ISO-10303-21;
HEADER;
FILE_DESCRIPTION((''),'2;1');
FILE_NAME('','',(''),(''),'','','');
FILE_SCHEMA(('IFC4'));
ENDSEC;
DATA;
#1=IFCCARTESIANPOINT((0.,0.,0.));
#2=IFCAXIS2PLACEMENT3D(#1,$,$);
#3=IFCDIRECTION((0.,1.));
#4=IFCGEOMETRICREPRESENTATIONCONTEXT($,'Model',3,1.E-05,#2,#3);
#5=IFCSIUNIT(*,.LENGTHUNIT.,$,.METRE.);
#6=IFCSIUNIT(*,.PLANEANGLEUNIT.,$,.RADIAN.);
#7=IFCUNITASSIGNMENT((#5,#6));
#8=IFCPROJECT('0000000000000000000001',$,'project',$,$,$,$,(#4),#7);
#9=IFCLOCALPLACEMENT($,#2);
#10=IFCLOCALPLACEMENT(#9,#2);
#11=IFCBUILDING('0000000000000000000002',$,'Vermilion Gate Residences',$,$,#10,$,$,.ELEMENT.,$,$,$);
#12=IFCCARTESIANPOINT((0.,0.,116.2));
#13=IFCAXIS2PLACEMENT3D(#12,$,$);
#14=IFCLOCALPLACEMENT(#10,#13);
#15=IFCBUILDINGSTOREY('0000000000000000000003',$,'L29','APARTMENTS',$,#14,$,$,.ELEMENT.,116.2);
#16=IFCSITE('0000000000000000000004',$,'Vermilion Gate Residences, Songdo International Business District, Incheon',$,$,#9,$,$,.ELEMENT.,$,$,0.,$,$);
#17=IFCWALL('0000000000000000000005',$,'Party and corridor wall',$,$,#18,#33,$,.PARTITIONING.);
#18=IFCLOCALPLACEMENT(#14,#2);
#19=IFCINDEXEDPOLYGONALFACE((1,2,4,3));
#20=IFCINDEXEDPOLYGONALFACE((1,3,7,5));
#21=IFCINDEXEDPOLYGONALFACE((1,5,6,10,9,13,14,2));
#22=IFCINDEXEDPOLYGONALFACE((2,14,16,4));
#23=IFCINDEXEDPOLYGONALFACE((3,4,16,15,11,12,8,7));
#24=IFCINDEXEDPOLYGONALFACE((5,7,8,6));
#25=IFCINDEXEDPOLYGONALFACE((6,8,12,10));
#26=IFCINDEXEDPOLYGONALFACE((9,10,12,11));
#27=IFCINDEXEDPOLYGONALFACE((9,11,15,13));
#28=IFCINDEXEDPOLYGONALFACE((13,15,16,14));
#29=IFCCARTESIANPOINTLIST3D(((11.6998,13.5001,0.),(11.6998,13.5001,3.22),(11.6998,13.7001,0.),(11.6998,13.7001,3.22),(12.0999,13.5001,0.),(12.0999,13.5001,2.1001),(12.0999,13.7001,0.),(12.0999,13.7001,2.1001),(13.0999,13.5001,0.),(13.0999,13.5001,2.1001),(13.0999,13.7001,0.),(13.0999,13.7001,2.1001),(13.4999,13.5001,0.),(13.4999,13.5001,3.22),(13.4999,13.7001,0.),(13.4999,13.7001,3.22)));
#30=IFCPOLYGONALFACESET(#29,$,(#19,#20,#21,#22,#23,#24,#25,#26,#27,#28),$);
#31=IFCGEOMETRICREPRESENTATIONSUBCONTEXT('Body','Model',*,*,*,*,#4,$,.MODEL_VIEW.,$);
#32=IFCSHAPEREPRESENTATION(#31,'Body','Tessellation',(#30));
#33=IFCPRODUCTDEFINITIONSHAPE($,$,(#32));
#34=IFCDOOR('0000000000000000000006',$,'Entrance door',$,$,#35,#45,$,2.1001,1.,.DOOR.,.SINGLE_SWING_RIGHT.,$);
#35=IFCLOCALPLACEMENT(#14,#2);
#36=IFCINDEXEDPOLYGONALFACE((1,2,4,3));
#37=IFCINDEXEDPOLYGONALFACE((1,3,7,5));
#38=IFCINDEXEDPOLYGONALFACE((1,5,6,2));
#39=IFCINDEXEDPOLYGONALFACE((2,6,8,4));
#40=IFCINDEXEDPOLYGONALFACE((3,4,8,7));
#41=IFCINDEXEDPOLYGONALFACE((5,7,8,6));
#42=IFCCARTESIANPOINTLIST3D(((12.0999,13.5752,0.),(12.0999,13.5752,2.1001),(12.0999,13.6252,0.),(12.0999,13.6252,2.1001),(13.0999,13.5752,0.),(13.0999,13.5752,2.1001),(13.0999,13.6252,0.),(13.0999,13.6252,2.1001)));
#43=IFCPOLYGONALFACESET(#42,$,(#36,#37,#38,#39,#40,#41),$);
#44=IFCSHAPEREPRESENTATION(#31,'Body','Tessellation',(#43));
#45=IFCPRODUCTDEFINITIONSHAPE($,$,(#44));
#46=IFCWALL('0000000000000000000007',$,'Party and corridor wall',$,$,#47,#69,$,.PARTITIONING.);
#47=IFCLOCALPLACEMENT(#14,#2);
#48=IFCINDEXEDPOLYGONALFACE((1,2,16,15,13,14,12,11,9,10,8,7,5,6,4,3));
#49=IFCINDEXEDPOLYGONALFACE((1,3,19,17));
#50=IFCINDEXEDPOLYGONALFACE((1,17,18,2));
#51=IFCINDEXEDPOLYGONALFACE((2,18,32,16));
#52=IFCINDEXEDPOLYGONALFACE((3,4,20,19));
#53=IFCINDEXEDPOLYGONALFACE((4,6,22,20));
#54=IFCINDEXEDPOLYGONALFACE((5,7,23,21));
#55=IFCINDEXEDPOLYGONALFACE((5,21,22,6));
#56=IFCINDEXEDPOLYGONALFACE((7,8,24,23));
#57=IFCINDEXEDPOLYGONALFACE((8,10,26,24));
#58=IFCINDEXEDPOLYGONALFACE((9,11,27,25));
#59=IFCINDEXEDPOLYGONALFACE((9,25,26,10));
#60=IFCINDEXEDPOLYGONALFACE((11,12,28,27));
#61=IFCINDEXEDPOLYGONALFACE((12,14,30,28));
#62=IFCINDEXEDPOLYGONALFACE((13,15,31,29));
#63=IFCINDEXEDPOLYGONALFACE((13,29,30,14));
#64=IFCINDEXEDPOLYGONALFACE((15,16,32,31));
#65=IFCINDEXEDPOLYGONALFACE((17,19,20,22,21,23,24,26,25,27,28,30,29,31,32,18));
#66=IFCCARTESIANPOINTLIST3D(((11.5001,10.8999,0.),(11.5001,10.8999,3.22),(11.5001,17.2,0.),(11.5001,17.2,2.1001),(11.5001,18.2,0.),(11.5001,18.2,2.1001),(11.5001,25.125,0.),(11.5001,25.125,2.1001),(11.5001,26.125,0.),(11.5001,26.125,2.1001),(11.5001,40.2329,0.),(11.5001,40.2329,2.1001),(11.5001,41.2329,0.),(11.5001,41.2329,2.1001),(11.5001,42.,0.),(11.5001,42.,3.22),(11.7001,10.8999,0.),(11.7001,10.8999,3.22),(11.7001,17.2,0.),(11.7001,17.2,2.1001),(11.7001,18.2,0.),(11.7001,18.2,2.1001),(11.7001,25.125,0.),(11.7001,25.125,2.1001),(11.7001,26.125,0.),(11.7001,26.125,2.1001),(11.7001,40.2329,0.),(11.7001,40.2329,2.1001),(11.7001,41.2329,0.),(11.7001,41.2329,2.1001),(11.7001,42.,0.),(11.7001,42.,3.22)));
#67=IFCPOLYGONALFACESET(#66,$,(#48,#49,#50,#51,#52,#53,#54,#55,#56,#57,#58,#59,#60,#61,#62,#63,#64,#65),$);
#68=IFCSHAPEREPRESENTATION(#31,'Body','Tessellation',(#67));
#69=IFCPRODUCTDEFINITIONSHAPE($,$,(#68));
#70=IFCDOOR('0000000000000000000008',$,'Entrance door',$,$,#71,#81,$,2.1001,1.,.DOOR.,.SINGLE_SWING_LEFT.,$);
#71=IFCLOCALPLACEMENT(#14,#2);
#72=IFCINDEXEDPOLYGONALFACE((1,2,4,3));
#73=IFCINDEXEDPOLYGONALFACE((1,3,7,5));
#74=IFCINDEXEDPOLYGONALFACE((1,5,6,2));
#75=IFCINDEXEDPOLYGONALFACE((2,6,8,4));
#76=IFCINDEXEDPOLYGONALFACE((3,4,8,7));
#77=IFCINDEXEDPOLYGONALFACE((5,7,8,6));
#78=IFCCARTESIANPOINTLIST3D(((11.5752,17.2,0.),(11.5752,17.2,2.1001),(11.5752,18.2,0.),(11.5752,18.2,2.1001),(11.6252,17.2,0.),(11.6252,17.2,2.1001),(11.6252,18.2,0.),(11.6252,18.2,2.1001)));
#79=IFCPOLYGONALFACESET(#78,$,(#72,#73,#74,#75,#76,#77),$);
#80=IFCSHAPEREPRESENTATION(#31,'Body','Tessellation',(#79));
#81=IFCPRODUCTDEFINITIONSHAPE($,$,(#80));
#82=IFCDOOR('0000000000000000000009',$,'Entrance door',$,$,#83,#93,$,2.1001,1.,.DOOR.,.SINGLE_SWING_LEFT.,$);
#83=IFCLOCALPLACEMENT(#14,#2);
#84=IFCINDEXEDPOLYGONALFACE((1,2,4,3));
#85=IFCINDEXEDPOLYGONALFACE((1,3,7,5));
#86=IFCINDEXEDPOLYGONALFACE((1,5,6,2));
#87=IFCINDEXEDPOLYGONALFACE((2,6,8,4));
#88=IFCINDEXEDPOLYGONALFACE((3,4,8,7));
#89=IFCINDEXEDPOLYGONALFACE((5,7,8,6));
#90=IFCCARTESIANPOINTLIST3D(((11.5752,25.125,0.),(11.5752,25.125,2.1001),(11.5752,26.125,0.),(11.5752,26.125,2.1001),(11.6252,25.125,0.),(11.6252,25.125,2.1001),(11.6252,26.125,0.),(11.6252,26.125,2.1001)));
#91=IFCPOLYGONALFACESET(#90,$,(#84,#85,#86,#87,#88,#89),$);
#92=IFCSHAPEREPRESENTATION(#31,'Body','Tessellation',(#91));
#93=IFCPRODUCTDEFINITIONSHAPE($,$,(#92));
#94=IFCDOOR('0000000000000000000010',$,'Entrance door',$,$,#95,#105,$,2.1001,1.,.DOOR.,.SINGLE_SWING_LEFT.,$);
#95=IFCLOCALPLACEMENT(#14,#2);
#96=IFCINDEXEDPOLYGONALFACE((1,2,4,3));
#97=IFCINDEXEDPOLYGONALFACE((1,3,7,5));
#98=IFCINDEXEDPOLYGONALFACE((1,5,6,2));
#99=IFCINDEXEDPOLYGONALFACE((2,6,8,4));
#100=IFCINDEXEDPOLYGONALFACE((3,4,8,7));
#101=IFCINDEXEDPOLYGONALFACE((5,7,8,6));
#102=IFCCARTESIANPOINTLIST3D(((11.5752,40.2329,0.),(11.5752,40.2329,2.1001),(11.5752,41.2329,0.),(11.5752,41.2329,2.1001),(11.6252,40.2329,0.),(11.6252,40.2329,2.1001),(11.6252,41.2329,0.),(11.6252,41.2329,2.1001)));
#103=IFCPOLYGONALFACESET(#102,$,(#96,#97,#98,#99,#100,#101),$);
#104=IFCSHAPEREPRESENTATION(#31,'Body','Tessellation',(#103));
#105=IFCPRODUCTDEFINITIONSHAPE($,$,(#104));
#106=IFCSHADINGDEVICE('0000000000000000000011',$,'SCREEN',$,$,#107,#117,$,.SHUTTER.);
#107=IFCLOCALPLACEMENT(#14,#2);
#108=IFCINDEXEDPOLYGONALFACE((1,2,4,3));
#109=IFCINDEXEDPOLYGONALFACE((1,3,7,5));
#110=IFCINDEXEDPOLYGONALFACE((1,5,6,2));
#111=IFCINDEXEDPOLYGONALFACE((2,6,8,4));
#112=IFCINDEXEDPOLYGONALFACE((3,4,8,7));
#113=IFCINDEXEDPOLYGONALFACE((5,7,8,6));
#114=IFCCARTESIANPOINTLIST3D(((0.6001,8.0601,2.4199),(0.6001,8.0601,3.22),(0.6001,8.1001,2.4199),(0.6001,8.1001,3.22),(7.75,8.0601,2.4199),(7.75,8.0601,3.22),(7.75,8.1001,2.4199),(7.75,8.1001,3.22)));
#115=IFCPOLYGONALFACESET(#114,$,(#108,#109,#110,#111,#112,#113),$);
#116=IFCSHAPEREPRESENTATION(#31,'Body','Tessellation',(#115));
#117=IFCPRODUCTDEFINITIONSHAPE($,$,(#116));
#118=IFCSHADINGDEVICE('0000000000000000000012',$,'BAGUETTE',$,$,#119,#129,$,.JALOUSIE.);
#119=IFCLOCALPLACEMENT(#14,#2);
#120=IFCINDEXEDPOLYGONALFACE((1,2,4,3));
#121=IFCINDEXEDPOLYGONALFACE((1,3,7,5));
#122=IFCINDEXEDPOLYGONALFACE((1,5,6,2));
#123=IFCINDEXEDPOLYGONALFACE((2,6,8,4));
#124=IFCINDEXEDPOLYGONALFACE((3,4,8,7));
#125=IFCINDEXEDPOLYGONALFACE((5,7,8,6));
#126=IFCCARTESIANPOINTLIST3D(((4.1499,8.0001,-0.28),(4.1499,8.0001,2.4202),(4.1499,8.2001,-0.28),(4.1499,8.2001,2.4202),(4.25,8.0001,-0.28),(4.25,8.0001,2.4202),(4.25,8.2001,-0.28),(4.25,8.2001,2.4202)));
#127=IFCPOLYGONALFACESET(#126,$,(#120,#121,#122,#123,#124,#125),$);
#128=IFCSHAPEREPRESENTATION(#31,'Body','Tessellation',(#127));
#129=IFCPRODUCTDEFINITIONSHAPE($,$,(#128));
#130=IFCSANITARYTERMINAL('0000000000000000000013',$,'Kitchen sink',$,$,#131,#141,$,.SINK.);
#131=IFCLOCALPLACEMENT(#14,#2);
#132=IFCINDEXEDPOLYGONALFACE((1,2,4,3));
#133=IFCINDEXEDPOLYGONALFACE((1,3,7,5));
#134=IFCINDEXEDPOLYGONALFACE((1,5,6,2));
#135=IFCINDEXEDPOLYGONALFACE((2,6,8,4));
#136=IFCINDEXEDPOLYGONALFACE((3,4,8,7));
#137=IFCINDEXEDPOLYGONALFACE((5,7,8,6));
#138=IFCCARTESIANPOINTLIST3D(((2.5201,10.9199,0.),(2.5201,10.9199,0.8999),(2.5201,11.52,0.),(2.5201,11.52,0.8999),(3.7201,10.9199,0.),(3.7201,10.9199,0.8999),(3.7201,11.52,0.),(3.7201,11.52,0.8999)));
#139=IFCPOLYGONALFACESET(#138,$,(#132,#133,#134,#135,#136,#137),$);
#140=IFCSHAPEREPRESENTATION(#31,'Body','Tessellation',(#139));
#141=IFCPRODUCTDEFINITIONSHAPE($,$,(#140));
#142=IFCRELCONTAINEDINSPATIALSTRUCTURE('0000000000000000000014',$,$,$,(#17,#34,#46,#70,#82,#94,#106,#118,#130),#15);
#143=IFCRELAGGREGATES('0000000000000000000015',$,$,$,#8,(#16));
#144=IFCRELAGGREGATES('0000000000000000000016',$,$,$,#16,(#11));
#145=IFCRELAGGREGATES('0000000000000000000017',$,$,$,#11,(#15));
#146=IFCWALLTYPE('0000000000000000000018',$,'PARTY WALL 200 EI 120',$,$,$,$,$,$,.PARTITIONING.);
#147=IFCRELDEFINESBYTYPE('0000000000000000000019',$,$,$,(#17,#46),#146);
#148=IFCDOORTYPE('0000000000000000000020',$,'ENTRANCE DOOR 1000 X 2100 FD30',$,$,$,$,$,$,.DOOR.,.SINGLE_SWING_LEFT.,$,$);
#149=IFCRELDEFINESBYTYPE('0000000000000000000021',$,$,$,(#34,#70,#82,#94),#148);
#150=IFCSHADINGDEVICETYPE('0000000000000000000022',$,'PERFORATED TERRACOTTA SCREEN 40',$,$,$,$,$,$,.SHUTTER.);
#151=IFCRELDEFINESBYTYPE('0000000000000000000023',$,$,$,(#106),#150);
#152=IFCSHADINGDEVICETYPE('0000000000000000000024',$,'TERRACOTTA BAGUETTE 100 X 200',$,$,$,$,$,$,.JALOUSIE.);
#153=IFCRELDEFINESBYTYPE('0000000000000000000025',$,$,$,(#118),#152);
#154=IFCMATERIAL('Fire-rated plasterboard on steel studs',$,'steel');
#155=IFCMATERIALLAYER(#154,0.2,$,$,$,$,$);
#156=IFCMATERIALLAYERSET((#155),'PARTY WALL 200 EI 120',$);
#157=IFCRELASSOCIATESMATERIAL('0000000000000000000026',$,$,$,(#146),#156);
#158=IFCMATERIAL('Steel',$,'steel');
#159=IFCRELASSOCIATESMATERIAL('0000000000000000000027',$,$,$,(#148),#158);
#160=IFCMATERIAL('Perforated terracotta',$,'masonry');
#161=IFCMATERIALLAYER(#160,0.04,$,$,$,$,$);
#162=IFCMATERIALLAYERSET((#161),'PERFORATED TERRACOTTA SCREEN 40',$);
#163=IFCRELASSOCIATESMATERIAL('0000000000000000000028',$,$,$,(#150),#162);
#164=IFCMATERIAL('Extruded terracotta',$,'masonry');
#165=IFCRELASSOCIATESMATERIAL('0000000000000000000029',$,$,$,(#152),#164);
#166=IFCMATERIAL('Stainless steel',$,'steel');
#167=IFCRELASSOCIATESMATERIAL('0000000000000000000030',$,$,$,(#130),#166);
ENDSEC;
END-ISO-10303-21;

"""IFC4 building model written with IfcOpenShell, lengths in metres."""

from ifc_helpers import new_model, si_unit, direction, frame, frame_2d, origin, origin_2d, place, context, subcontext, project, spatial, rectangle, extrude, material, layer, layer_set, material_profile, profile_set, type_object, element, fill, save


model = new_model("IFC4")

# Units and contexts
model_context = context("Model", 3, precision=1e-05, world=origin(), true_north=direction((0.0, 1.0)))
body_context = subcontext(model_context, "Body", "Model", "MODEL_VIEW")
ifc_project = project(units=[si_unit("LENGTHUNIT", "METRE"), si_unit("PLANEANGLEUNIT", "RADIAN")], contexts=[model_context])

# Site, building, storey
site_placement = place(None, origin())
site = spatial("IfcSite", under=ifc_project, at=site_placement, Name="Vermilion Gate Residences, Songdo International Business District, Incheon", CompositionType="ELEMENT", RefElevation=0.0)
building_placement = place(site_placement, origin())
building = spatial("IfcBuilding", under=site, at=building_placement, Name="Vermilion Gate Residences", CompositionType="ELEMENT")
storey_placement = place(building_placement, frame((0.0, 0.0, 116.2)))
storey = spatial("IfcBuildingStorey", under=building, at=storey_placement, Name="L29", Description="APARTMENTS", CompositionType="ELEMENT", Elevation=116.2)

# Wall, opening, door
ifc_material_1 = material(Name="Fire-rated plasterboard on steel studs", Category="steel")
ifc_layer_1 = layer(ifc_material_1, 0.2)
ifc_layer_set_1 = layer_set([ifc_layer_1], Name="PARTY WALL 200 EI 120")
wall_type_1 = type_object("IfcWallType", Name="PARTY WALL 200 EI 120", PredefinedType="PARTITIONING", material=ifc_layer_set_1)
wall_1_placement = place(storey_placement, frame((11.7, 13.6001, 0.0), z_axis=(0.0, 0.0, 1.0), x_axis=(1.0, 0.0, 0.0)))
wall_1 = element("IfcWall", 1, at=wall_1_placement, inside=storey, type_object=wall_type_1, Name="Party and corridor wall", PredefinedType="PARTITIONING", context=body_context, shape_type="SweptSolid", body=[
    extrude(rectangle(XDim=1.8, YDim=0.2, at=frame_2d((0.8999, 0.0))), origin(), (0.0, 0.0, 1.0), 3.22),
])
opening_1_placement = place(wall_1_placement, frame((0.3999, 0.0, 0.0)))
opening_1 = element("IfcOpeningElement", 2, at=opening_1_placement, cuts=wall_1, PredefinedType="OPENING", context=body_context, shape_type="SweptSolid", body=[
    extrude(rectangle(XDim=1.0, YDim=2.1001, at=frame_2d((0.5, 1.05))), frame((0.0, 0.1099, 0.0), z_axis=(0.0, -1.0, 0.0), x_axis=(1.0, 0.0, 0.0)), (0.0, 0.0, 1.0), 0.22),
])
ifc_material_2 = material(Name="Steel", Category="steel")
door_type_1 = type_object("IfcDoorType", Name="ENTRANCE DOOR 1000 X 2100 FD30", OperationType="SINGLE_SWING_LEFT", PredefinedType="DOOR", material=ifc_material_2)
door_1_placement = place(opening_1_placement, frame((1.0, 0.0, 0.0), z_axis=(0.0, 0.0, 1.0), x_axis=(-1.0, 0.0, 0.0)))
door_1 = element("IfcDoor", 3, at=door_1_placement, inside=storey, type_object=door_type_1, Name="Entrance door", OperationType="SINGLE_SWING_RIGHT", OverallHeight=2.1001, OverallWidth=1.0, PredefinedType="DOOR", context=body_context, shape_type="SweptSolid", body=[
    extrude(rectangle(XDim=1.0, YDim=2.1001, at=frame_2d((0.5, 1.05))), frame((0.0, 0.0249, 0.0), z_axis=(0.0, -1.0, 0.0), x_axis=(1.0, 0.0, 0.0)), (0.0, 0.0, 1.0), 0.05),
])
fill(opening_1, door_1)

# Wall, openings, doors
wall_2_placement = place(storey_placement, frame((11.6001, 10.8999, 0.0), z_axis=(0.0, 0.0, 1.0), x_axis=(0.0, 1.0, 0.0)))
wall_2 = element("IfcWall", 4, at=wall_2_placement, inside=storey, type_object=wall_type_1, Name="Party and corridor wall", PredefinedType="PARTITIONING", context=body_context, shape_type="SweptSolid", body=[
    extrude(rectangle(XDim=31.1001, YDim=0.2, at=frame_2d((15.55, 0.0))), origin(), (0.0, 0.0, 1.0), 3.22),
])
opening_2_placement = place(wall_2_placement, frame((6.3, 0.0, 0.0)))
opening_2 = element("IfcOpeningElement", 5, at=opening_2_placement, cuts=wall_2, PredefinedType="OPENING", context=body_context, shape_type="SweptSolid", body=[
    extrude(rectangle(XDim=1.0, YDim=2.1001, at=frame_2d((0.5, 1.05))), frame((0.0, 0.1099, 0.0), z_axis=(0.0, -1.0, 0.0), x_axis=(1.0, 0.0, 0.0)), (0.0, 0.0, 1.0), 0.22),
])
opening_3_placement = place(wall_2_placement, frame((14.2251, 0.0, 0.0)))
opening_3 = element("IfcOpeningElement", 6, at=opening_3_placement, cuts=wall_2, PredefinedType="OPENING", context=body_context, shape_type="SweptSolid", body=[
    extrude(rectangle(XDim=1.0, YDim=2.1001, at=frame_2d((0.5, 1.05))), frame((0.0, 0.1099, 0.0), z_axis=(0.0, -1.0, 0.0), x_axis=(1.0, 0.0, 0.0)), (0.0, 0.0, 1.0), 0.22),
])
opening_4_placement = place(wall_2_placement, frame((29.333, 0.0, 0.0)))
opening_4 = element("IfcOpeningElement", 7, at=opening_4_placement, cuts=wall_2, PredefinedType="OPENING", context=body_context, shape_type="SweptSolid", body=[
    extrude(rectangle(XDim=1.0, YDim=2.1001, at=frame_2d((0.5, 1.05))), frame((0.0, 0.1099, 0.0), z_axis=(0.0, -1.0, 0.0), x_axis=(1.0, 0.0, 0.0)), (0.0, 0.0, 1.0), 0.22),
])
door_2_placement = place(opening_2_placement, origin())
door_2 = element("IfcDoor", 8, at=door_2_placement, inside=storey, type_object=door_type_1, Name="Entrance door", OperationType="SINGLE_SWING_LEFT", OverallHeight=2.1001, OverallWidth=1.0, PredefinedType="DOOR", context=body_context, shape_type="SweptSolid", body=[
    extrude(rectangle(XDim=1.0, YDim=2.1001, at=frame_2d((0.5, 1.05))), frame((0.0, 0.0249, 0.0), z_axis=(0.0, -1.0, 0.0), x_axis=(1.0, 0.0, 0.0)), (0.0, 0.0, 1.0), 0.05),
])
fill(opening_2, door_2)
door_3_placement = place(opening_3_placement, origin())
door_3 = element("IfcDoor", 9, at=door_3_placement, inside=storey, type_object=door_type_1, Name="Entrance door", OperationType="SINGLE_SWING_LEFT", OverallHeight=2.1001, OverallWidth=1.0, PredefinedType="DOOR", context=body_context, shape_type="SweptSolid", body=[
    extrude(rectangle(XDim=1.0, YDim=2.1001, at=frame_2d((0.5, 1.05))), frame((0.0, 0.0249, 0.0), z_axis=(0.0, -1.0, 0.0), x_axis=(1.0, 0.0, 0.0)), (0.0, 0.0, 1.0), 0.05),
])
fill(opening_3, door_3)
door_4_placement = place(opening_4_placement, origin())
door_4 = element("IfcDoor", 10, at=door_4_placement, inside=storey, type_object=door_type_1, Name="Entrance door", OperationType="SINGLE_SWING_LEFT", OverallHeight=2.1001, OverallWidth=1.0, PredefinedType="DOOR", context=body_context, shape_type="SweptSolid", body=[
    extrude(rectangle(XDim=1.0, YDim=2.1001, at=frame_2d((0.5, 1.05))), frame((0.0, 0.0249, 0.0), z_axis=(0.0, -1.0, 0.0), x_axis=(1.0, 0.0, 0.0)), (0.0, 0.0, 1.0), 0.05),
])
fill(opening_4, door_4)

# Shading devices
ifc_material_3 = material(Name="Perforated terracotta", Category="masonry")
ifc_layer_2 = layer(ifc_material_3, 0.04)
ifc_layer_set_2 = layer_set([ifc_layer_2], Name="PERFORATED TERRACOTTA SCREEN 40")
shading_device_type_1 = type_object("IfcShadingDeviceType", Name="PERFORATED TERRACOTTA SCREEN 40", PredefinedType="SHUTTER", material=ifc_layer_set_2)
shading_device_1_placement = place(storey_placement, frame((4.175, 8.0801, 2.4199), z_axis=(0.0, 0.0, 1.0), x_axis=(1.0, 0.0, 0.0)))
element("IfcShadingDevice", 11, at=shading_device_1_placement, inside=storey, type_object=shading_device_type_1, Name="SCREEN", PredefinedType="SHUTTER", context=body_context, shape_type="SweptSolid", body=[
    extrude(rectangle(XDim=7.1499, YDim=0.04, at=origin_2d()), origin(), (0.0, 0.0, 1.0), 0.8),
])
ifc_material_4 = material(Name="Extruded terracotta", Category="masonry")
ifc_material_profile_1 = material_profile(ifc_material_4, rectangle(XDim=0.2, YDim=0.1001, at=origin_2d()), Name="BAGUETTE 100 X 200")
ifc_profile_set_1 = profile_set([ifc_material_profile_1], Name="Extruded terracotta")
shading_device_type_2 = type_object("IfcShadingDeviceType", Name="TERRACOTTA BAGUETTE 100 X 200", PredefinedType="JALOUSIE", material=ifc_profile_set_1)
shading_device_2_placement = place(storey_placement, frame((4.2, 8.1001, -0.28), z_axis=(0.0, 0.0, 1.0), x_axis=(0.0, 1.0, 0.0)))
element("IfcShadingDevice", 12, at=shading_device_2_placement, inside=storey, type_object=shading_device_type_2, Name="BAGUETTE", PredefinedType="JALOUSIE", context=body_context, shape_type="SweptSolid", body=[
    extrude(rectangle(XDim=0.2, YDim=0.1001, at=origin_2d()), origin(), (0.0, 0.0, 1.0), 2.7002),
])

# Sanitary terminal
ifc_material_5 = material(Name="Stainless steel", Category="steel")
sanitary_terminal_placement = place(storey_placement, frame((3.1201, 11.22, 0.0), z_axis=(0.0, 0.0, 1.0), x_axis=(1.0, 0.0, 0.0)))
element("IfcSanitaryTerminal", 13, at=sanitary_terminal_placement, inside=storey, material=ifc_material_5, Name="Kitchen sink", PredefinedType="SINK", context=body_context, shape_type="SweptSolid", body=[
    extrude(rectangle(XDim=1.2, YDim=0.6001, at=origin_2d()), origin(), (0.0, 0.0, 1.0), 0.8999),
])

save(model, "model.ifc")
